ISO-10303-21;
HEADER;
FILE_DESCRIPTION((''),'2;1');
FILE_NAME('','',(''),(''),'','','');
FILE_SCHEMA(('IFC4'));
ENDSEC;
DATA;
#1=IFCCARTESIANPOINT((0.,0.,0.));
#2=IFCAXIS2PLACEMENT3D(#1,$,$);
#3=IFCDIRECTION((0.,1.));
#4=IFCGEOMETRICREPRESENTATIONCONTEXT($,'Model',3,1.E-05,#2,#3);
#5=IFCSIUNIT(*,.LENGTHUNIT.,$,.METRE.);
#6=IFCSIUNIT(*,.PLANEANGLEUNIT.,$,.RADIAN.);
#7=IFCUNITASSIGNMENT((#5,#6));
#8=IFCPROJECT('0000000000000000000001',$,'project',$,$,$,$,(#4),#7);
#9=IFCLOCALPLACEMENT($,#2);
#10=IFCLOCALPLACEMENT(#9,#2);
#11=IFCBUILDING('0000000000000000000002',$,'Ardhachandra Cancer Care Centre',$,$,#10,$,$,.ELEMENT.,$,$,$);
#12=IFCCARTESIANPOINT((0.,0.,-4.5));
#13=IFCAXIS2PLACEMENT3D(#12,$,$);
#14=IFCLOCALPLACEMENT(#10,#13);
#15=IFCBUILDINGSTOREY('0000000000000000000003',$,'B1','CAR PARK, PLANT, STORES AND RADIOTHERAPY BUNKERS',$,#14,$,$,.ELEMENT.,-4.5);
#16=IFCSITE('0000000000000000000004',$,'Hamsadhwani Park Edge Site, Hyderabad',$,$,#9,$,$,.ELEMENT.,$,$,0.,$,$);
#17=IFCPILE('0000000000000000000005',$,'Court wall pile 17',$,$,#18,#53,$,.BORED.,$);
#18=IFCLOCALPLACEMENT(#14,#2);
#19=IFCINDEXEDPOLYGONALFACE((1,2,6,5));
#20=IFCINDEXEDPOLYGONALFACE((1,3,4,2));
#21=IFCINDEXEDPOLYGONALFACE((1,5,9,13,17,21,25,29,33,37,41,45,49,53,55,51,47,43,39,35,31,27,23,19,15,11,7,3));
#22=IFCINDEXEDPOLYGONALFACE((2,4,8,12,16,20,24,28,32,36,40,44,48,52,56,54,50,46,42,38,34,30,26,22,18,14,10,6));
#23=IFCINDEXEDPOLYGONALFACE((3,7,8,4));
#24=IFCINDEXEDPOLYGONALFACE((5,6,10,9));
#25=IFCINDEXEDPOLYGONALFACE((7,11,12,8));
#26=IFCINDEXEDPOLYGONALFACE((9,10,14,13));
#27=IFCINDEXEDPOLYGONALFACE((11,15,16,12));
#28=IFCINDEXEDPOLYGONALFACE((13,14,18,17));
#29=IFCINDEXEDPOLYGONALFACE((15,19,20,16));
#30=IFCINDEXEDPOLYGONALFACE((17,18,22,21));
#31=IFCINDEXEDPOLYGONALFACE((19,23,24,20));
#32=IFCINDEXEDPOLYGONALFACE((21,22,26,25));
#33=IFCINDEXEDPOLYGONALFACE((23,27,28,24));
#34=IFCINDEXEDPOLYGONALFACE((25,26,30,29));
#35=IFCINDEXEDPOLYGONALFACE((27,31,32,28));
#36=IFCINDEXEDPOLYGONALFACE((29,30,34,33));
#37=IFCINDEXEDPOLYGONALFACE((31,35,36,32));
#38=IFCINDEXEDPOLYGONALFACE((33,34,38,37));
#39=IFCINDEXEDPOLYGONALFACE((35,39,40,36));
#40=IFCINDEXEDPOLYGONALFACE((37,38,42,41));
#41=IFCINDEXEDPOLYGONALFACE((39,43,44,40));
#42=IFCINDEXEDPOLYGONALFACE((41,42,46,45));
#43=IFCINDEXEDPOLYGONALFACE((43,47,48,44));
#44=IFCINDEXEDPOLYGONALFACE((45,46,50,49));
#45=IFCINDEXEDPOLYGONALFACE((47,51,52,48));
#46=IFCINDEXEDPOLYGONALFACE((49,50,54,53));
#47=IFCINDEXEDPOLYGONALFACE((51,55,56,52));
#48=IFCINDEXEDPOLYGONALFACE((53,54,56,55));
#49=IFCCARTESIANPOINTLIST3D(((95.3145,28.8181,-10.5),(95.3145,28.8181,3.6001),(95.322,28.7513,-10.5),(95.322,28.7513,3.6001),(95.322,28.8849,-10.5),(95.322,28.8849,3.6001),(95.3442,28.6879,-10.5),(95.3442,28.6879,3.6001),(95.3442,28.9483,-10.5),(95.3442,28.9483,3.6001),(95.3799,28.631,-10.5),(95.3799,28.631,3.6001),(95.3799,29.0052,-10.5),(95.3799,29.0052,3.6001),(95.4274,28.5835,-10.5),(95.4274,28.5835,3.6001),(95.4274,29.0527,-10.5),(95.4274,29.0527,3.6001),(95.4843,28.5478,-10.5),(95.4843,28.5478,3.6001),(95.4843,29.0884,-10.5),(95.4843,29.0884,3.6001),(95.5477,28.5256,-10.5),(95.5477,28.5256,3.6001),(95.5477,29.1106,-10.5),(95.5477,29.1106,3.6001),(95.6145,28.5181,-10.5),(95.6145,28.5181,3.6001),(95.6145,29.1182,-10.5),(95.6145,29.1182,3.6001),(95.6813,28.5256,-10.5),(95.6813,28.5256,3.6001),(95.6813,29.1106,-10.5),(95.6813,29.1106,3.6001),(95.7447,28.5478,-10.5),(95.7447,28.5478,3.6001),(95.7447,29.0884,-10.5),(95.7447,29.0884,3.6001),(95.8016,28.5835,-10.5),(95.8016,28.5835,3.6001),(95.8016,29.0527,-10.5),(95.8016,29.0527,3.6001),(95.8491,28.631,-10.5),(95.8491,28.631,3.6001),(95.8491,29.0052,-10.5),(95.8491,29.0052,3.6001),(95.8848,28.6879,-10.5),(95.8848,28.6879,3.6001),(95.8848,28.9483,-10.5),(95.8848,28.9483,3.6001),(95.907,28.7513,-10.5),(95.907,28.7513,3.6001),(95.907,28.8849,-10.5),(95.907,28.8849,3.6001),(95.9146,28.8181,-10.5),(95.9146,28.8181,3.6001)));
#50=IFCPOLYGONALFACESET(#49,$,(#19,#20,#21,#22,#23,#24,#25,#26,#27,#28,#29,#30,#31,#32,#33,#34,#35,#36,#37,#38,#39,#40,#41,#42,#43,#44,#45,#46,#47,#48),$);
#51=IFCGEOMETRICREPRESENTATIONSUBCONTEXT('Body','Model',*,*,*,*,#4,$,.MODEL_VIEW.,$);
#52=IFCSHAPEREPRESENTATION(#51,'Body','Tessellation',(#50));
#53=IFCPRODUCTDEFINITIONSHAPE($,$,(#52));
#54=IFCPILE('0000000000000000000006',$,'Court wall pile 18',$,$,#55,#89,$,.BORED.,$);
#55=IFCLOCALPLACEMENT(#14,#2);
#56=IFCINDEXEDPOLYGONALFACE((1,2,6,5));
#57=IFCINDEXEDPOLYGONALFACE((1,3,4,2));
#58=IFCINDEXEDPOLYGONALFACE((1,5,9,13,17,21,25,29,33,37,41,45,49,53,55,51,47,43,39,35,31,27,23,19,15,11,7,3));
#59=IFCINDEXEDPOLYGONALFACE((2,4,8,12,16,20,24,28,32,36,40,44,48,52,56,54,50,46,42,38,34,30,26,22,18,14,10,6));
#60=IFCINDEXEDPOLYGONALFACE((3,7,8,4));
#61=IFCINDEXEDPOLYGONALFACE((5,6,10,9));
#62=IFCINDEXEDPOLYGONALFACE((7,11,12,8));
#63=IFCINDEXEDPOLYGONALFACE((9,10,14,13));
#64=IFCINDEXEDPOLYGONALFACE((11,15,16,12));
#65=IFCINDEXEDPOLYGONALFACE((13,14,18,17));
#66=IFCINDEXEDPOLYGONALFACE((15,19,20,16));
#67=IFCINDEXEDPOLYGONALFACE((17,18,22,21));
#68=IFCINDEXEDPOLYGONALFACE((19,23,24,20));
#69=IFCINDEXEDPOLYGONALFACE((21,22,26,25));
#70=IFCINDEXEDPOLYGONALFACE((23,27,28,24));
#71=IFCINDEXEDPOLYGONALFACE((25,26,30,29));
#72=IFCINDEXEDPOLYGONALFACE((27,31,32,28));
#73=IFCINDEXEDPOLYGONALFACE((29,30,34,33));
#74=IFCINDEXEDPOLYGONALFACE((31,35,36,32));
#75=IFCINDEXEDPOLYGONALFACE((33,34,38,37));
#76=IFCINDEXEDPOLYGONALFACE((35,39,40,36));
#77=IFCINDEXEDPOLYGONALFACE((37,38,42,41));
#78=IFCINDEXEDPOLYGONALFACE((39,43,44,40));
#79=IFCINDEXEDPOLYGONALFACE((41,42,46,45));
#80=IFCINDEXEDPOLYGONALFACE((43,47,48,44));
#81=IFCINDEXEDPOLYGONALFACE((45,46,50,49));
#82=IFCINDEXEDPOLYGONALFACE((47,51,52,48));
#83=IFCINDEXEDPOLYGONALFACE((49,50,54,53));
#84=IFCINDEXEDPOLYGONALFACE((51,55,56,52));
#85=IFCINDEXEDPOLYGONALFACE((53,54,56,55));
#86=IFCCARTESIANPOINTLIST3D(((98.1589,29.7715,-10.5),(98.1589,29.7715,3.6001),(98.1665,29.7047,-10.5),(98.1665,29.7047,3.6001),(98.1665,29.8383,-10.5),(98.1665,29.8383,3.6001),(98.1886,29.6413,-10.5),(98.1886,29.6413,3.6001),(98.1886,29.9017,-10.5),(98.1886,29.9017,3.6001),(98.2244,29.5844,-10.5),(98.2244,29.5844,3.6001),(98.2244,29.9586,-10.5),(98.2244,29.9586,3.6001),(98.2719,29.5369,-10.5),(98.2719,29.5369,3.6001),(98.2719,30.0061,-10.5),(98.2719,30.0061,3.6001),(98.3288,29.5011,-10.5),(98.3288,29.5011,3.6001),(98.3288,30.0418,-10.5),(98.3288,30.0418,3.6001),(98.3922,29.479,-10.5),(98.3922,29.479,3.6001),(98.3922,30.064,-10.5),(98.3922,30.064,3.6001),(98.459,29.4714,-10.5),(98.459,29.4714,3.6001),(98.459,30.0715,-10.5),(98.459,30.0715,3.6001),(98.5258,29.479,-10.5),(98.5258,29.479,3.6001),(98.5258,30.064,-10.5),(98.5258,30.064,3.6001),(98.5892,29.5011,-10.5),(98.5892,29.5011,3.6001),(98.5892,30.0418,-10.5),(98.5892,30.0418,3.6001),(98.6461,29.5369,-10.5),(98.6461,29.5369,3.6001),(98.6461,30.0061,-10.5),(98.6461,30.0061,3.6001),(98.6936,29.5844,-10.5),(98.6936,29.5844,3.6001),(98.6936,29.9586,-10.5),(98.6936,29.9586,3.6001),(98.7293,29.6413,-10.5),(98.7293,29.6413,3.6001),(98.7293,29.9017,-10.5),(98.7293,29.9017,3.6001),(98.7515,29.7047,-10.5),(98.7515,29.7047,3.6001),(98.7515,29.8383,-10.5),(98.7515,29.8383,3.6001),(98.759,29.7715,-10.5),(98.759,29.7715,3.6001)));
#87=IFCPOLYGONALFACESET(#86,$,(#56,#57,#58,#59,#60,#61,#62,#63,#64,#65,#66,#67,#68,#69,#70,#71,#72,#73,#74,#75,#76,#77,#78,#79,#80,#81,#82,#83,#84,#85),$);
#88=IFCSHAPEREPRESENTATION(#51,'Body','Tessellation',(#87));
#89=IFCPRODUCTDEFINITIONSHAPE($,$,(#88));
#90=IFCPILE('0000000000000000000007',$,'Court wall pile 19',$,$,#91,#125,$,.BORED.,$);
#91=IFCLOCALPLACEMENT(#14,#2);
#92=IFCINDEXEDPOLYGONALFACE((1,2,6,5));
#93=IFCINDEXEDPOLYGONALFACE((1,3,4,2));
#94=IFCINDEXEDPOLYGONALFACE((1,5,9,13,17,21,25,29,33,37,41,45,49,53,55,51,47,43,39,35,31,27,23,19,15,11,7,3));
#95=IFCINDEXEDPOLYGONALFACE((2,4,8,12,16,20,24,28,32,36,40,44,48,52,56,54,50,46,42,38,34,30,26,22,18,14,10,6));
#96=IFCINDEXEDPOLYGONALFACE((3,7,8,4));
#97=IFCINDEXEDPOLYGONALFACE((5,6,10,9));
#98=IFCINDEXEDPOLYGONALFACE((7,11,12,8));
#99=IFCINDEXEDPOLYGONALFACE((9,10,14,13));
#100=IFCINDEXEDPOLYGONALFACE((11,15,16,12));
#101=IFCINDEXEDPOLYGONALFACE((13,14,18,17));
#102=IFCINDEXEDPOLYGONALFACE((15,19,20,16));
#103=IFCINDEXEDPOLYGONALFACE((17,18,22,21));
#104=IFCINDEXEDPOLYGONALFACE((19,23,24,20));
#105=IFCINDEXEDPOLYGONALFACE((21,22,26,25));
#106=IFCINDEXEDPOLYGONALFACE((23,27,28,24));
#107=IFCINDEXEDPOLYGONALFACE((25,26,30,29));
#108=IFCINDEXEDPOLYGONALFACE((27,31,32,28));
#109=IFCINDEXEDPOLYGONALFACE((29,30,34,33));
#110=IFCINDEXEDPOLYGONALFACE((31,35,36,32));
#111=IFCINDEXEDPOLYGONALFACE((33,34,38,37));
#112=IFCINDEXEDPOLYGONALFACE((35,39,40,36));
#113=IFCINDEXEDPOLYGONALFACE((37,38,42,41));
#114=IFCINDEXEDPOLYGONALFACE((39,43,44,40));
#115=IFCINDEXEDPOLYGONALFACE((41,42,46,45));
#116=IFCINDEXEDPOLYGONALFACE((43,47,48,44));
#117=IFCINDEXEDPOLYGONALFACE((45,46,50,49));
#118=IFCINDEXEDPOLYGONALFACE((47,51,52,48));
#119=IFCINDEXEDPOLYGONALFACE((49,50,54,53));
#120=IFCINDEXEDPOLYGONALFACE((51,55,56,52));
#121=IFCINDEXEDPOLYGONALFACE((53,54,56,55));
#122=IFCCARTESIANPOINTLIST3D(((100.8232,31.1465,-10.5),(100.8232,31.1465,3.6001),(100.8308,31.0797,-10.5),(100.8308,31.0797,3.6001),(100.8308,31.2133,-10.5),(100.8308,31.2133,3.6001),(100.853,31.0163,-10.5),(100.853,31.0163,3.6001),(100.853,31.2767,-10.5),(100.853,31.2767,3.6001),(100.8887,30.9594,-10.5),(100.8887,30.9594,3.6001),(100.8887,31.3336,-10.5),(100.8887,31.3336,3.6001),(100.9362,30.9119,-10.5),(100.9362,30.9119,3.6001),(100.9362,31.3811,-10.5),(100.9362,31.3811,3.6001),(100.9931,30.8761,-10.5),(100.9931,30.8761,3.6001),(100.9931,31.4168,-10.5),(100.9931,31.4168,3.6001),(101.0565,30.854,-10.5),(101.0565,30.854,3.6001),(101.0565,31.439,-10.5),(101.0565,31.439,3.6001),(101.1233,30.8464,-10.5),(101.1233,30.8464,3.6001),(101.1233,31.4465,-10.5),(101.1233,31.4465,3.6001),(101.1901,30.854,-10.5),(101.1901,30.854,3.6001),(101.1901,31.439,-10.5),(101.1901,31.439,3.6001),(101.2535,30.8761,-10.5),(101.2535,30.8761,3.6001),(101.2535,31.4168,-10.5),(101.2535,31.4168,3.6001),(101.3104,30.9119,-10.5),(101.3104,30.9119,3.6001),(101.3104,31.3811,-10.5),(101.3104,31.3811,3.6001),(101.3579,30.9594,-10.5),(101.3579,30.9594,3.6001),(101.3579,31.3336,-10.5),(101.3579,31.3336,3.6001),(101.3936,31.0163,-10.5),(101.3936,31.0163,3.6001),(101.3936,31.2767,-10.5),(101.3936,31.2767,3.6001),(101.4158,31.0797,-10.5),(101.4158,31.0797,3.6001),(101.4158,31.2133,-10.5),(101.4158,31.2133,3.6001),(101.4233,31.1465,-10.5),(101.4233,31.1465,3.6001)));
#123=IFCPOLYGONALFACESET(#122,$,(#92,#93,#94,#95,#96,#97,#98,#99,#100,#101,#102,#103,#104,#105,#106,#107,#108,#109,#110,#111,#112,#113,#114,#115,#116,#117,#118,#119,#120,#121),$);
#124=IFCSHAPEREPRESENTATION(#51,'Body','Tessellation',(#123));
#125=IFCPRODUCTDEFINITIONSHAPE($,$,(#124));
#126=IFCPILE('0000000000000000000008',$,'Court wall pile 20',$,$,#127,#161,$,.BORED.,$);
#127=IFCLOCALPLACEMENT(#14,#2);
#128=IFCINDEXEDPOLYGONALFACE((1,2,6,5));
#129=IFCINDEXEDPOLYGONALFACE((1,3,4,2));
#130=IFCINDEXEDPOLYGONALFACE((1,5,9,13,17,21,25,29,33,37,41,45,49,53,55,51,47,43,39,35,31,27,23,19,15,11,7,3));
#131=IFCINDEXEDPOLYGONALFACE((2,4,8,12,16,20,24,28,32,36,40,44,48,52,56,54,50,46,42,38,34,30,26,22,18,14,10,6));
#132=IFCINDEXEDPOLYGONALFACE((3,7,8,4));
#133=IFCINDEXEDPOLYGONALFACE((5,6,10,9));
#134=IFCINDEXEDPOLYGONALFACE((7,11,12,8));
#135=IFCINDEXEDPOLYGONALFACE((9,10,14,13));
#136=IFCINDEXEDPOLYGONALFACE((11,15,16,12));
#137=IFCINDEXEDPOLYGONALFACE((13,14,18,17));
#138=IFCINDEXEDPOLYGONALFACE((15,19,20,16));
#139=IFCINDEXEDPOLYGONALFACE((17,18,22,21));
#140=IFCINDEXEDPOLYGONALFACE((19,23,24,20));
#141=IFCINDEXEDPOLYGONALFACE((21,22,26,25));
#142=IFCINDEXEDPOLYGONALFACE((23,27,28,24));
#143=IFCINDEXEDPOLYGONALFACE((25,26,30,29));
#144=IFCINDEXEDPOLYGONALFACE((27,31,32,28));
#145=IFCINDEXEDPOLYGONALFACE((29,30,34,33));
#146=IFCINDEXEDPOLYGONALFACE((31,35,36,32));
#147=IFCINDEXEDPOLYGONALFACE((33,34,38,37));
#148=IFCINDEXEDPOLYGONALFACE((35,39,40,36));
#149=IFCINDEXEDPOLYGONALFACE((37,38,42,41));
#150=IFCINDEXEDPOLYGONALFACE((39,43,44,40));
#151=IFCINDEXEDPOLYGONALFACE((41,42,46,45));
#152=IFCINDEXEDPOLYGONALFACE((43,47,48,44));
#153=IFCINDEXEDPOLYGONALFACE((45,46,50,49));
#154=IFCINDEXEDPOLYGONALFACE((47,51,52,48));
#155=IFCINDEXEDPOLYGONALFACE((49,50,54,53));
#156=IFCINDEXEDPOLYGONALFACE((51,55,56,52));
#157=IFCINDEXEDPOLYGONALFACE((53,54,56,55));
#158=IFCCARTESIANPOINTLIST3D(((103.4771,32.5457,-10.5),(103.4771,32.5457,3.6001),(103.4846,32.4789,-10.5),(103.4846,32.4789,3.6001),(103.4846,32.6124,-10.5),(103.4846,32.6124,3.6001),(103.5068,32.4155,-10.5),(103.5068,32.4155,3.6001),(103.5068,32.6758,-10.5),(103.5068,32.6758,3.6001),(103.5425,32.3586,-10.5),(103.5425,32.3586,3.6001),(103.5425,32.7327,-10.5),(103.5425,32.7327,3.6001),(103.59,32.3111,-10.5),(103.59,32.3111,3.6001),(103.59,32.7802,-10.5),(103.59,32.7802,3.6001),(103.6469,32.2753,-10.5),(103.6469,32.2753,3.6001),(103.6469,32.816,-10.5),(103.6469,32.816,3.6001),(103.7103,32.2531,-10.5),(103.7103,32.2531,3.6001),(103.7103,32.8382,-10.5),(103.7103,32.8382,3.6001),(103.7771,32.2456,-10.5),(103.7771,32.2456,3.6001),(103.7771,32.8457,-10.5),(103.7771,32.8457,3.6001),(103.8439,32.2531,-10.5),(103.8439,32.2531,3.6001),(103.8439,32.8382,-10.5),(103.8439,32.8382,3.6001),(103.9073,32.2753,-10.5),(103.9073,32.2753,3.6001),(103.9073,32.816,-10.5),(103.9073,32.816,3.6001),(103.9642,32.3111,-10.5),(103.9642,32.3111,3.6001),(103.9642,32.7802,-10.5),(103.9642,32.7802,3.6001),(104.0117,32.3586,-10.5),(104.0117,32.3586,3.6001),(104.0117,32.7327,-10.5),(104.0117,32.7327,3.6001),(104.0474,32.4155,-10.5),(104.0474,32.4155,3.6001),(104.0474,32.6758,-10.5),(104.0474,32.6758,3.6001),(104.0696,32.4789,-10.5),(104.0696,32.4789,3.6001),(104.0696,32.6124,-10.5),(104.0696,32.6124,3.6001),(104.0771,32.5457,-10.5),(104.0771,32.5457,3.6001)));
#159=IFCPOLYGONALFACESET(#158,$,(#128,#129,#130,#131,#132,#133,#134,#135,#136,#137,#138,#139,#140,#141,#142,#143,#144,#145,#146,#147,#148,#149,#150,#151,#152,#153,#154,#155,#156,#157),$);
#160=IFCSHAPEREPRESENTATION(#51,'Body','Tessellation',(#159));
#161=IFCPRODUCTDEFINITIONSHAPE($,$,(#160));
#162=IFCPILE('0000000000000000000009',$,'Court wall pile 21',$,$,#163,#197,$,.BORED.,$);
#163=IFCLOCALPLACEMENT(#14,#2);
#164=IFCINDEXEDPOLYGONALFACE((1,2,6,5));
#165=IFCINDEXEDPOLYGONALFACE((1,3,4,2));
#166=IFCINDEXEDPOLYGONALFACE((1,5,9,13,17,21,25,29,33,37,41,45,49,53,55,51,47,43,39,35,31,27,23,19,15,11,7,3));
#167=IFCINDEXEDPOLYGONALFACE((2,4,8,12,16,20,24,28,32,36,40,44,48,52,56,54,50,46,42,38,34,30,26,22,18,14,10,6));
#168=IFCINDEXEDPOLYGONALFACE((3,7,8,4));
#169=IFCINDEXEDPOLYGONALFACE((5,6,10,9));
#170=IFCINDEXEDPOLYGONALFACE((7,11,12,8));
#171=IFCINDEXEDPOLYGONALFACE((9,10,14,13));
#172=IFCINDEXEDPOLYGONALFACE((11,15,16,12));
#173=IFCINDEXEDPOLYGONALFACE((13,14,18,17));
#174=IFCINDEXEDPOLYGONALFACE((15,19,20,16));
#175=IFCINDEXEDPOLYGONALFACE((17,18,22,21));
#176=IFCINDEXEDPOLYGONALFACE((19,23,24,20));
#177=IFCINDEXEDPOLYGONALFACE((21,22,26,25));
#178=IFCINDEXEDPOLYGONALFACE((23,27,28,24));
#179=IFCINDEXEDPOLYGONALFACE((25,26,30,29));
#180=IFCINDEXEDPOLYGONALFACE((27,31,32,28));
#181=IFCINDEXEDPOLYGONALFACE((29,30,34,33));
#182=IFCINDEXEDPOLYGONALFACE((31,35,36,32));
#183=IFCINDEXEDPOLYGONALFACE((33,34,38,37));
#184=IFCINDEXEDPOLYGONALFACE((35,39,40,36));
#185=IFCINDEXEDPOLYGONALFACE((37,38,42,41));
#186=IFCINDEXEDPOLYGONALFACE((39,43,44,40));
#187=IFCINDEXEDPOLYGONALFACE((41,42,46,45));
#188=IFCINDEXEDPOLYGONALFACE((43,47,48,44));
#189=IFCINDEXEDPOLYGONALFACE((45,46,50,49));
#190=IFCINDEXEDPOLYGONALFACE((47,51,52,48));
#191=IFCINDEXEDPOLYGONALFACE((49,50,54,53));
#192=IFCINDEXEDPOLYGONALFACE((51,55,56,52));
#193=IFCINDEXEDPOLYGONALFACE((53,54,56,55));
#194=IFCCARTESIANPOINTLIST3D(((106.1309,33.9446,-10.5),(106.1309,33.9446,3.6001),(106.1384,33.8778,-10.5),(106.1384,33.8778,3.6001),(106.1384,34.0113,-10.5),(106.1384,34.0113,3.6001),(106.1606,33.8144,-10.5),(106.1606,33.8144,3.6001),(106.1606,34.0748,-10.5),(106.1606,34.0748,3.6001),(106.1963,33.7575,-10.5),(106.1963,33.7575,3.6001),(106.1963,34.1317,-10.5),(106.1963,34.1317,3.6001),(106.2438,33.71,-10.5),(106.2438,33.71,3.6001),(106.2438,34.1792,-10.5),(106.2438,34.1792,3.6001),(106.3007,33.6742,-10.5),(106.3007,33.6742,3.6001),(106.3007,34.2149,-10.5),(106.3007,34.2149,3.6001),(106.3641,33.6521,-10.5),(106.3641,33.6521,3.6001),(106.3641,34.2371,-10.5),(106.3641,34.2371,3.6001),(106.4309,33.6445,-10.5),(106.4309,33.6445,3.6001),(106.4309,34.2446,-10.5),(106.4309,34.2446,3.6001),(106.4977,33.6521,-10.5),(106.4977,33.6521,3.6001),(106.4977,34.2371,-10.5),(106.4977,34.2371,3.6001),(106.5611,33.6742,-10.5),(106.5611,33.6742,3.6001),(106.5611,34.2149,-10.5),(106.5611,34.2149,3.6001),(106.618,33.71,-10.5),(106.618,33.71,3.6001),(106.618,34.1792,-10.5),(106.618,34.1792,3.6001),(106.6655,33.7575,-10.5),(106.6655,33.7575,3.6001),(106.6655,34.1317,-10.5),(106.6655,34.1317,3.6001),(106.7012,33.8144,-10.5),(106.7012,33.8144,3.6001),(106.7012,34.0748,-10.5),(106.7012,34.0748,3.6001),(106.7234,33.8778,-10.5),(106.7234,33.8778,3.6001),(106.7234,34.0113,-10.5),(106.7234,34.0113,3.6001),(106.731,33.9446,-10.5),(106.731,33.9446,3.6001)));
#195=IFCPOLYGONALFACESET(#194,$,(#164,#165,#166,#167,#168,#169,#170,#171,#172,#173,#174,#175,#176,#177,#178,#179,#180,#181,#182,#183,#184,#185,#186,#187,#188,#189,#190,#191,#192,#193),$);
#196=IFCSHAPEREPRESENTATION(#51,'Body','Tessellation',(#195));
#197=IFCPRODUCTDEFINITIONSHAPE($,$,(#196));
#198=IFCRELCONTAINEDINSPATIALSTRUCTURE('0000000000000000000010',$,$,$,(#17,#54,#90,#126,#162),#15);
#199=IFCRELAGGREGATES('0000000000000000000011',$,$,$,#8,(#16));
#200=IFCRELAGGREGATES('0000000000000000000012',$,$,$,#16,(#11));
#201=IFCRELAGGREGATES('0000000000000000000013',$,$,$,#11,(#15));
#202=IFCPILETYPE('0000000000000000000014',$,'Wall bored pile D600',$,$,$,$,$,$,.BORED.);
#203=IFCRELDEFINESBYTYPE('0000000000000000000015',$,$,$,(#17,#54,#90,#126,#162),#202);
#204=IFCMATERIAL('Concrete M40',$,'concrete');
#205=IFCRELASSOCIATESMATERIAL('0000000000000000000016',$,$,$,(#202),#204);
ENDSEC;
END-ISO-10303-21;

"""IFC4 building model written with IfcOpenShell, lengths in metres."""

from ifc_helpers import new_model, si_unit, direction, frame, origin, origin_2d, place, context, subcontext, project, spatial, circle, extrude, material, material_profile, profile_set, type_object, element, save


model = new_model("IFC4")

# Units and contexts
model_context = context("Model", 3, precision=1e-05, world=origin(), true_north=direction((0.0, 1.0)))
body_context = subcontext(model_context, "Body", "Model", "MODEL_VIEW")
ifc_project = project(units=[si_unit("LENGTHUNIT", "METRE"), si_unit("PLANEANGLEUNIT", "RADIAN")], contexts=[model_context])

# Site, building, storey
site_placement = place(None, origin())
site = spatial("IfcSite", under=ifc_project, at=site_placement, Name="Hamsadhwani Park Edge Site, Hyderabad", CompositionType="ELEMENT", RefElevation=0.0)
building_placement = place(site_placement, origin())
building = spatial("IfcBuilding", under=site, at=building_placement, Name="Ardhachandra Cancer Care Centre", CompositionType="ELEMENT")
storey_placement = place(building_placement, frame((0.0, 0.0, -4.5)))
storey = spatial("IfcBuildingStorey", under=building, at=storey_placement, Name="B1", Description="CAR PARK, PLANT, STORES AND RADIOTHERAPY BUNKERS", CompositionType="ELEMENT", Elevation=-4.5)

# Piles
ifc_material_1 = material(Name="Concrete M40", Category="concrete")
ifc_material_profile_1 = material_profile(ifc_material_1, circle(Radius=0.3, at=origin_2d()), Name="D600")
ifc_profile_set_1 = profile_set([ifc_material_profile_1], Name="Concrete M40")
pile_type_1 = type_object("IfcPileType", Name="Wall bored pile D600", PredefinedType="BORED", material=ifc_profile_set_1)
for number, where, z_axis, x_axis, name in (
    (1, (95.6145, 28.8181, 3.6001), (0.0, 0.0, -1.0), (1.0, 0.0, 0.0), "Court wall pile 17"),
    (2, (98.459, 29.7715, 3.6001), (0.0, 0.0, -1.0), (1.0, 0.0, 0.0), "Court wall pile 18"),
    (3, (101.1233, 31.1465, 3.6001), (0.0, 0.0, -1.0), (1.0, 0.0, 0.0), "Court wall pile 19"),
    (4, (103.7771, 32.5457, 3.6001), (0.0, 0.0, -1.0), (1.0, 0.0, 0.0), "Court wall pile 20"),
    (5, (106.4309, 33.9446, 3.6001), (0.0, 0.0, -1.0), (1.0, 0.0, 0.0), "Court wall pile 21"),
):
    element("IfcPile", number, at=place(storey_placement, frame(where, z_axis=z_axis, x_axis=x_axis)), inside=storey, type_object=pile_type_1, Name=name, PredefinedType="BORED", context=body_context, shape_type="SweptSolid", body=[
        extrude(circle(Radius=0.3, at=origin_2d()), origin(), (0.0, 0.0, 1.0), 14.1001),
    ])

save(model, "model.ifc")
